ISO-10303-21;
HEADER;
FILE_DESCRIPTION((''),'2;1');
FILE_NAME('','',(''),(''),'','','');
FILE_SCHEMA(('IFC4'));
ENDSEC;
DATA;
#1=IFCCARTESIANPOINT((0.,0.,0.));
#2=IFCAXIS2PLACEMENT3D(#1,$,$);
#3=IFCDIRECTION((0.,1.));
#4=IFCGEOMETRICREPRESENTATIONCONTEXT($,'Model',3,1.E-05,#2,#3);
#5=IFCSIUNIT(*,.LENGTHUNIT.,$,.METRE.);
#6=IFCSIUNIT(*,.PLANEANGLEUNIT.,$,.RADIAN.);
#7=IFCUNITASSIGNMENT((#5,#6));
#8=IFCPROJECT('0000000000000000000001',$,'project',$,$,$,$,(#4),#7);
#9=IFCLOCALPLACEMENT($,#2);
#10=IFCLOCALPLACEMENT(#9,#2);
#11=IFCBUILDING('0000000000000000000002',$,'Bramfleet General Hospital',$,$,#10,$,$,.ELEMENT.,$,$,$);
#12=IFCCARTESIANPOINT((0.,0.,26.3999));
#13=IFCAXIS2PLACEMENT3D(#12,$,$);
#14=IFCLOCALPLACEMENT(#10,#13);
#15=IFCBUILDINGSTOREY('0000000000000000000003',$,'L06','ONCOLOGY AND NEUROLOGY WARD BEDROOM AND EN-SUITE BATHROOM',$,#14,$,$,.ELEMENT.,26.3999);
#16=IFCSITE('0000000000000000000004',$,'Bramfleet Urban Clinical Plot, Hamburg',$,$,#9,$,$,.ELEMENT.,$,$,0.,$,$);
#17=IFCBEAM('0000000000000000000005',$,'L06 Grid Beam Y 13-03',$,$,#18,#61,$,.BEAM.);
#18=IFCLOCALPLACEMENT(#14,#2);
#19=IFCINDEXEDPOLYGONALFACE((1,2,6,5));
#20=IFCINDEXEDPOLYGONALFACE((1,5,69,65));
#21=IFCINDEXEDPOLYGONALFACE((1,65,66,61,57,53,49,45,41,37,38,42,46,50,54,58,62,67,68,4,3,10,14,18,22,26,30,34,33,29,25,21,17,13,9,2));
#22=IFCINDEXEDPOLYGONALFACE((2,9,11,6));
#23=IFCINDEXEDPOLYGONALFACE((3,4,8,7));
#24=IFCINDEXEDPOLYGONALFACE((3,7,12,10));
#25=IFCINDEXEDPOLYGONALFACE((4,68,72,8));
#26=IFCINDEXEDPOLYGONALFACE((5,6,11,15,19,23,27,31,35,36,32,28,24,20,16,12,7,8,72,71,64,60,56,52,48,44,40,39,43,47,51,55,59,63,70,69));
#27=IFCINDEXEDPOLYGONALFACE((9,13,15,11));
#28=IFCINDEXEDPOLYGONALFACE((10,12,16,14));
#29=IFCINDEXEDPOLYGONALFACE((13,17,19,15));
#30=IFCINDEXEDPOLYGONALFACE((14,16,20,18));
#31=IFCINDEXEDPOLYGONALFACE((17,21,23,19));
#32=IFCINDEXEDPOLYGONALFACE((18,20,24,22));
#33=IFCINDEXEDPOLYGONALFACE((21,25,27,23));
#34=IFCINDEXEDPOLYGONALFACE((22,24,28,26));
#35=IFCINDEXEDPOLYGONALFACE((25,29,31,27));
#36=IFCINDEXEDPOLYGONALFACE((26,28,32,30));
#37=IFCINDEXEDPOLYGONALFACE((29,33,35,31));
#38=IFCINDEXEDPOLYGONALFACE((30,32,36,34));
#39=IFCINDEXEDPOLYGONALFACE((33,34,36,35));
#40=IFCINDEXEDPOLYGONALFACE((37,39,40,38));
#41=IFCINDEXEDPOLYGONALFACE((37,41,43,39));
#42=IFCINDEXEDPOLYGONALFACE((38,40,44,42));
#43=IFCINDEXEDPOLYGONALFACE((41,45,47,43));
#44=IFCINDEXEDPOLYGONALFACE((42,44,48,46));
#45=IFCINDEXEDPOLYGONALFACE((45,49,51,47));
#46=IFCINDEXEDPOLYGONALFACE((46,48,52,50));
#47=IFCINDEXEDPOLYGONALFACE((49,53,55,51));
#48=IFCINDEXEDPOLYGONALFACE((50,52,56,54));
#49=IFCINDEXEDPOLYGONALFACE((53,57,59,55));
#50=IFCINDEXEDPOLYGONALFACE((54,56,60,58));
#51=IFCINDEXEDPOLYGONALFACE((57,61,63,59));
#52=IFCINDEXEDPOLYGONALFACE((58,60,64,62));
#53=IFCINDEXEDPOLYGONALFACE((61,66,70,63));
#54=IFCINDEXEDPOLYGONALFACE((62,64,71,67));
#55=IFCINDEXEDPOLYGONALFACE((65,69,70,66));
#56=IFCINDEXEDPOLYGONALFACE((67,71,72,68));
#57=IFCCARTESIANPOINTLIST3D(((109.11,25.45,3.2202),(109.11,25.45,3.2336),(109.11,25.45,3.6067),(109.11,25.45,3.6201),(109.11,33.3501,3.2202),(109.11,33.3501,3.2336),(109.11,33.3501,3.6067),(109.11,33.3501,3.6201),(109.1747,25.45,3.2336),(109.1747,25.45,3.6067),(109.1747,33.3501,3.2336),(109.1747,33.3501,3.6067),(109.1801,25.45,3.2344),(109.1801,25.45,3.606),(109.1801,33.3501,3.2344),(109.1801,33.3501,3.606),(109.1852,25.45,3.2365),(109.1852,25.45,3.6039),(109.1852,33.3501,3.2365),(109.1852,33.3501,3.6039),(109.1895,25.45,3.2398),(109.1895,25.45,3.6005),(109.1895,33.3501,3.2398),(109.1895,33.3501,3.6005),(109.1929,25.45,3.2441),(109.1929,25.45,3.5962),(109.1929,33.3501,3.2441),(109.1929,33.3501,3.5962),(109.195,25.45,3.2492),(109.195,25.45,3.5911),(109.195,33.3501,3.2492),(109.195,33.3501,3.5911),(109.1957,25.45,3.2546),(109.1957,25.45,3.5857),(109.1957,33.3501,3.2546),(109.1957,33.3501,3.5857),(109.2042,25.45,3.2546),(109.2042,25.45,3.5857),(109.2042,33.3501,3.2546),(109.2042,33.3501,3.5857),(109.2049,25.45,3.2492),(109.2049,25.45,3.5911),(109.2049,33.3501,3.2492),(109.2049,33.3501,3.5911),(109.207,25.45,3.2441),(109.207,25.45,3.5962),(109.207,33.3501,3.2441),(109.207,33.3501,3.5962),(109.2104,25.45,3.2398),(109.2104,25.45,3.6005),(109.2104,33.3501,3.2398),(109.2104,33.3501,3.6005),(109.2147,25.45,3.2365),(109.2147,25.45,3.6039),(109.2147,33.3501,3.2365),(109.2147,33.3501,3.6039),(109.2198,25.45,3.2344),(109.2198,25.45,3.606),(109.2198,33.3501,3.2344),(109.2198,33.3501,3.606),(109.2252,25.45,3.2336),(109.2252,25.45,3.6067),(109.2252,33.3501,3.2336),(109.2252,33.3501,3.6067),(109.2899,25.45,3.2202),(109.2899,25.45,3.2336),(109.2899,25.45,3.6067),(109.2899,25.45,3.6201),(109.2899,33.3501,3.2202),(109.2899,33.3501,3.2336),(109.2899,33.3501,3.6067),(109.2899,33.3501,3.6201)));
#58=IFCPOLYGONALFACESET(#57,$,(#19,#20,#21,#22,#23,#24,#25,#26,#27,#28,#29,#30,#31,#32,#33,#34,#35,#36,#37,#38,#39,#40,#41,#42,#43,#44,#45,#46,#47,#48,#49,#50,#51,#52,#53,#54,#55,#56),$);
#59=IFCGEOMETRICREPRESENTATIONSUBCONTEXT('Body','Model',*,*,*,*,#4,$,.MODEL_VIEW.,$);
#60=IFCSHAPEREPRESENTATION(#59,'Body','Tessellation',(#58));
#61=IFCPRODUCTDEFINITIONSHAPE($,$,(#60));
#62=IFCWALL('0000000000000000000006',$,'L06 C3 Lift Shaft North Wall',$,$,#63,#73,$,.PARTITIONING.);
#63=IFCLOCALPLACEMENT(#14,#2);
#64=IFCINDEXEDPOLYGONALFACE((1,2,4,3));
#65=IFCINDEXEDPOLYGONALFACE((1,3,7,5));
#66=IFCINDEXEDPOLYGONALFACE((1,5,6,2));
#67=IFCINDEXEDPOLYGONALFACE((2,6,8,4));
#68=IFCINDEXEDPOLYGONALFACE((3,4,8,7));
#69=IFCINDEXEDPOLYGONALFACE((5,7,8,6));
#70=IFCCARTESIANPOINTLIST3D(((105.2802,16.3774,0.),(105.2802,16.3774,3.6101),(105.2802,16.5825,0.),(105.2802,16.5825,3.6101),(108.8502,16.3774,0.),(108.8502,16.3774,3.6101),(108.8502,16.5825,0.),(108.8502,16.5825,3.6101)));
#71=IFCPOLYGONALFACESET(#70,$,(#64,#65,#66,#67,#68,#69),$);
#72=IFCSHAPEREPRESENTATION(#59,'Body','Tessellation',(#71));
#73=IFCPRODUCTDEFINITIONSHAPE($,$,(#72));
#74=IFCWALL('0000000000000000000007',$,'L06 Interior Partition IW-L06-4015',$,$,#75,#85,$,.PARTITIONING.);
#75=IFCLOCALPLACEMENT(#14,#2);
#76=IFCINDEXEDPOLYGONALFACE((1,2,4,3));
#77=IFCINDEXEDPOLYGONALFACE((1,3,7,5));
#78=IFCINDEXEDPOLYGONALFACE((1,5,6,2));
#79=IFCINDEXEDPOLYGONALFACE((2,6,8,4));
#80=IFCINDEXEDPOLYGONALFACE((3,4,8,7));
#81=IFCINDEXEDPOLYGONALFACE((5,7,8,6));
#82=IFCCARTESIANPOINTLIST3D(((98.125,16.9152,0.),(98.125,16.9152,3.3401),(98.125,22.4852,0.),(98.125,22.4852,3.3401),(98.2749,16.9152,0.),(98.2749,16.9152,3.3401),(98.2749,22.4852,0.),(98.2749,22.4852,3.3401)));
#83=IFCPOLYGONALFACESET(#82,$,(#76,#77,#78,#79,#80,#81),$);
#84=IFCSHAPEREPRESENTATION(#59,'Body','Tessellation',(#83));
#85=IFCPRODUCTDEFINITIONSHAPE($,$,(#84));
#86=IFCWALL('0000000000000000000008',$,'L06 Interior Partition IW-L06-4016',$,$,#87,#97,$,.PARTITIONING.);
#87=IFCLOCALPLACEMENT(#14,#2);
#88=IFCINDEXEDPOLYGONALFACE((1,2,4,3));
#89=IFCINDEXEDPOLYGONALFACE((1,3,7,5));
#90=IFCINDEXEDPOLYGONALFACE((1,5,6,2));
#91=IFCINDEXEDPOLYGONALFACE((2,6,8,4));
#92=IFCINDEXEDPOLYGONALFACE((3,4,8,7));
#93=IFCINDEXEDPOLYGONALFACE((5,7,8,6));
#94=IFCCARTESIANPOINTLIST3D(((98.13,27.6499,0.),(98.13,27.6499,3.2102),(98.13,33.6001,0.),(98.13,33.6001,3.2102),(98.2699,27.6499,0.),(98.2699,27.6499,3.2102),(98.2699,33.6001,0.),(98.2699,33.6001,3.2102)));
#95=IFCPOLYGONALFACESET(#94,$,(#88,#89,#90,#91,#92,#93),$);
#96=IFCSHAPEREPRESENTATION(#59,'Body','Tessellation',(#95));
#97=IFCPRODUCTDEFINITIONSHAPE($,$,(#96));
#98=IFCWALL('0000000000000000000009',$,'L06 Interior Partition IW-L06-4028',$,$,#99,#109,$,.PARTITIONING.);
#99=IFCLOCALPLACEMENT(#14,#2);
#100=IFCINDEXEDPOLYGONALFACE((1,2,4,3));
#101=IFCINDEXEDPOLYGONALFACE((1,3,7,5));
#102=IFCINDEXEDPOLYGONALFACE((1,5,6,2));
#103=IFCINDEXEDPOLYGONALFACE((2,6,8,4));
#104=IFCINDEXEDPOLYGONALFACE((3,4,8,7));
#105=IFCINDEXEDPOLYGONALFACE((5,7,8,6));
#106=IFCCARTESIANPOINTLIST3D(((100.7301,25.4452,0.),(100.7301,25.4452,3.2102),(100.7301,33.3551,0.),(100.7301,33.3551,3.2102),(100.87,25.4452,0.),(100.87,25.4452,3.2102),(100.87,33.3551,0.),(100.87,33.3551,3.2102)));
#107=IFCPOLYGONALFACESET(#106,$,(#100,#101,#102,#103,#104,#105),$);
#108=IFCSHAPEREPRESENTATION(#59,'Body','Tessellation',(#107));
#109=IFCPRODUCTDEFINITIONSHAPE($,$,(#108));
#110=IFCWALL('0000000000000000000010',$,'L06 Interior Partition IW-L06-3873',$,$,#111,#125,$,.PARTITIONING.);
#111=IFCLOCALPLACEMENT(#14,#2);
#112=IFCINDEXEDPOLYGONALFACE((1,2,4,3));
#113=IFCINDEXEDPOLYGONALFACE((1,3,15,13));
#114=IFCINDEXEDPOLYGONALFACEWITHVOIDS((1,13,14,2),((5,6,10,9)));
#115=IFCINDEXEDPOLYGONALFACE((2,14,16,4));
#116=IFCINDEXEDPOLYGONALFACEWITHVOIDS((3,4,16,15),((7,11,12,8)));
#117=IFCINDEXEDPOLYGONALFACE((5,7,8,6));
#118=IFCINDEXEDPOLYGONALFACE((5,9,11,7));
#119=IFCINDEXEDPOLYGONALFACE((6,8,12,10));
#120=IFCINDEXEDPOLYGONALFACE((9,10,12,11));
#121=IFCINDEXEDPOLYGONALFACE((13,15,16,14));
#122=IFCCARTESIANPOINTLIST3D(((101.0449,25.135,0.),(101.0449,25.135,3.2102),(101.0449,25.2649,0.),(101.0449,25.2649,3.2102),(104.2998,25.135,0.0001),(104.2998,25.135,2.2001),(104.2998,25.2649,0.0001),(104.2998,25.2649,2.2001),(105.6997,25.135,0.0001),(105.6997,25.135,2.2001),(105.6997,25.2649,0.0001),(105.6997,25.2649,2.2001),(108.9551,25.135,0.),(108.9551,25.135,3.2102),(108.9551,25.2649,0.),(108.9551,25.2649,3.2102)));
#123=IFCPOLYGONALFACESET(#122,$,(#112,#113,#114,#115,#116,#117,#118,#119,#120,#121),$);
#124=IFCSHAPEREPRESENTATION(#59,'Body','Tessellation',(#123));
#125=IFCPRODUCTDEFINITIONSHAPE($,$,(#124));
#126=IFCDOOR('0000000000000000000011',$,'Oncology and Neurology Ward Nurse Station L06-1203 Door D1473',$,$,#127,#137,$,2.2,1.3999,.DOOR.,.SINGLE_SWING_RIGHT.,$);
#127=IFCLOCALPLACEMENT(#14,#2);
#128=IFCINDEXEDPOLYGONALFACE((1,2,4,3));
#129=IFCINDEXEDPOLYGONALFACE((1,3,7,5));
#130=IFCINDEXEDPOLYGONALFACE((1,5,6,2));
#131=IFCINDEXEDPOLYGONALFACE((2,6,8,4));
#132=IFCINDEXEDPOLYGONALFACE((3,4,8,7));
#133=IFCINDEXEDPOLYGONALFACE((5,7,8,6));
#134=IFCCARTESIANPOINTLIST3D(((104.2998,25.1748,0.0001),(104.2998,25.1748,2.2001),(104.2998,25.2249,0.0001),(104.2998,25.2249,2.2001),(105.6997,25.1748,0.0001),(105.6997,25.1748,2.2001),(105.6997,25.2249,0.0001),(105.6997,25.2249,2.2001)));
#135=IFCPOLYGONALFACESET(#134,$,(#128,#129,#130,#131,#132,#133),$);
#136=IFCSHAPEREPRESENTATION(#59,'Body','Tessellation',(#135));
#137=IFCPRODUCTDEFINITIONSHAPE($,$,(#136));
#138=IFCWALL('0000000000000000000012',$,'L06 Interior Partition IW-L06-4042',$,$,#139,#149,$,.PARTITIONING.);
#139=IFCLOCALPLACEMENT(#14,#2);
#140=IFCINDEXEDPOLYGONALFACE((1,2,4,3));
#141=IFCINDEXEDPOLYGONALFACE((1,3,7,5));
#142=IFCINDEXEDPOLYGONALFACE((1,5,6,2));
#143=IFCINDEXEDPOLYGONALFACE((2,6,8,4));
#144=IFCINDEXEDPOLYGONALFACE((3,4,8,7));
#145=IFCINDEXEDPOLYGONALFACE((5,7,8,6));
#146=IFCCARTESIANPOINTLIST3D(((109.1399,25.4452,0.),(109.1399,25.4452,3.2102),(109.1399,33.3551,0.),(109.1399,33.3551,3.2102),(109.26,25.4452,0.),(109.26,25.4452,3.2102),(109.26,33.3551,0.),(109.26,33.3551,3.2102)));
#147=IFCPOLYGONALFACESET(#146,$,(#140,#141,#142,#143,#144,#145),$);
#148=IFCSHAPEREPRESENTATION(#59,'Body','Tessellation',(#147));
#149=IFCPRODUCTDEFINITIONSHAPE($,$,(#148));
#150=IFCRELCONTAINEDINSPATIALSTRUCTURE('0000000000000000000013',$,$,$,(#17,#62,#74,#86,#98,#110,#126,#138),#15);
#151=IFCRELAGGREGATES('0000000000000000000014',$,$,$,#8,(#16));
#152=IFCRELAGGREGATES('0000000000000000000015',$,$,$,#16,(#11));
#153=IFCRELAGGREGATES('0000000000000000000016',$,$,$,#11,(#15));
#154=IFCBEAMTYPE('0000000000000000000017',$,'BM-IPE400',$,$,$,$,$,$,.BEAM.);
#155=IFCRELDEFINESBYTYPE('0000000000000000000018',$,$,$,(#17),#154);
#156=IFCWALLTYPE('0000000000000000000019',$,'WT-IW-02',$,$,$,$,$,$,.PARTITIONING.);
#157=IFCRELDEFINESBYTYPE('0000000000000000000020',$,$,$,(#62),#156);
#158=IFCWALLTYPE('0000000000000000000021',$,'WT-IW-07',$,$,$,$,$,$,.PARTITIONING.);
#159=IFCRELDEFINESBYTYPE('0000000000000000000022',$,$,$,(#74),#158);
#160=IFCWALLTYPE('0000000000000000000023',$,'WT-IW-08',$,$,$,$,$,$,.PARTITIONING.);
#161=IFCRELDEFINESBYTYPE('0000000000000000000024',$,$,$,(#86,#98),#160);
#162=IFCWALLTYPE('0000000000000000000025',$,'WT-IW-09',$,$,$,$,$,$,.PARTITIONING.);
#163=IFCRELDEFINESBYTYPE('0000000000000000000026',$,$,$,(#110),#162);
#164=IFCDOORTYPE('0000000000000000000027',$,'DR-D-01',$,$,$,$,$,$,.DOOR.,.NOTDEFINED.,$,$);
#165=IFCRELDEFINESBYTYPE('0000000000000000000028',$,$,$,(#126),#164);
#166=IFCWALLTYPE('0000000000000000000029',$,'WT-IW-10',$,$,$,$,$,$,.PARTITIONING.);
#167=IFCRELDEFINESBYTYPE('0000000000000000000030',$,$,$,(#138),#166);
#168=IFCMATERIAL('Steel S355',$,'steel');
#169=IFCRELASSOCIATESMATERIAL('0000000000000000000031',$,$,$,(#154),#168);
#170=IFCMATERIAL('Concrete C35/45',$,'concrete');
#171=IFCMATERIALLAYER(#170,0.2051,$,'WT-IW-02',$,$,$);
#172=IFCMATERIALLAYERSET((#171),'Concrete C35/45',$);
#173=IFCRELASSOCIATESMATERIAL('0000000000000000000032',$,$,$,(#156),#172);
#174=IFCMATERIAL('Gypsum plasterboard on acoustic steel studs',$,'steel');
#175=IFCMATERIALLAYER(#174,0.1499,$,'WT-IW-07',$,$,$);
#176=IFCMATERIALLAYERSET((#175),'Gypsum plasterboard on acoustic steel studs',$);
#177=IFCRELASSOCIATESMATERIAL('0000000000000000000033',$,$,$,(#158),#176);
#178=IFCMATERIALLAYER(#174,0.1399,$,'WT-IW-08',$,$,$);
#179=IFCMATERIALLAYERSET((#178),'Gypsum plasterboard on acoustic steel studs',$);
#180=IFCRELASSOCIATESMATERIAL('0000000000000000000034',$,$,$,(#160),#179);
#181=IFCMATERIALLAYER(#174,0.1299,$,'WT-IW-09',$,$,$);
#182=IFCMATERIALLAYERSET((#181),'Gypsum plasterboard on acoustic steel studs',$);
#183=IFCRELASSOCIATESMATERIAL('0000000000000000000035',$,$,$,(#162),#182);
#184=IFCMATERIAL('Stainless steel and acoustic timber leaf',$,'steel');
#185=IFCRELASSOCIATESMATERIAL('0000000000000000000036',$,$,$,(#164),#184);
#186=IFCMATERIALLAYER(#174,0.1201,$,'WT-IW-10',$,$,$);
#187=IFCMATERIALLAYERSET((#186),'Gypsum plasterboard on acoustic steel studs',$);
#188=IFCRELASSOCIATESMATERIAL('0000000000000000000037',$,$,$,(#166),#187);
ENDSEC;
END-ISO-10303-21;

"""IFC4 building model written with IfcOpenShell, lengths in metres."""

from ifc_helpers import new_model, si_unit, direction, frame, frame_2d, origin, origin_2d, place, context, subcontext, project, spatial, rectangle, i_section, extrude, material, layer, layer_set, material_profile, profile_set, type_object, element, fill, save


model = new_model("IFC4")

# Units and contexts
model_context = context("Model", 3, precision=1e-05, world=origin(), true_north=direction((0.0, 1.0)))
body_context = subcontext(model_context, "Body", "Model", "MODEL_VIEW")
ifc_project = project(units=[si_unit("LENGTHUNIT", "METRE"), si_unit("PLANEANGLEUNIT", "RADIAN")], contexts=[model_context])

# Site, building, storey
site_placement = place(None, origin())
site = spatial("IfcSite", under=ifc_project, at=site_placement, Name="Bramfleet Urban Clinical Plot, Hamburg", CompositionType="ELEMENT", RefElevation=0.0)
building_placement = place(site_placement, origin())
building = spatial("IfcBuilding", under=site, at=building_placement, Name="Bramfleet General Hospital", CompositionType="ELEMENT")
storey_placement = place(building_placement, frame((0.0, 0.0, 26.3999)))
storey = spatial("IfcBuildingStorey", under=building, at=storey_placement, Name="L06", Description="ONCOLOGY AND NEUROLOGY WARD BEDROOM AND EN-SUITE BATHROOM", CompositionType="ELEMENT", Elevation=26.3999)

# Beam
ifc_material_1 = material(Name="Steel S355", Category="steel")
ifc_material_profile_1 = material_profile(ifc_material_1, i_section(OverallWidth=0.1799, OverallDepth=0.3999, WebThickness=0.0085, FlangeThickness=0.0134, FilletRadius=0.021, at=origin_2d()), Name="IPE 400")
ifc_profile_set_1 = profile_set([ifc_material_profile_1], Name="Steel S355")
beam_type_1 = type_object("IfcBeamType", Name="BM-IPE400", PredefinedType="BEAM", material=ifc_profile_set_1)
beam_1_placement = place(storey_placement, frame((109.2, 25.45, 3.4202), z_axis=(0.0, 1.0, 0.0), x_axis=(-1.0, 0.0, 0.0)))
element("IfcBeam", 1, at=beam_1_placement, inside=storey, type_object=beam_type_1, Name="L06 Grid Beam Y 13-03", PredefinedType="BEAM", context=body_context, shape_type="SweptSolid", body=[
    extrude(i_section(OverallWidth=0.1799, OverallDepth=0.3999, WebThickness=0.0085, FlangeThickness=0.0134, FilletRadius=0.021, at=origin_2d()), origin(), (0.0, 0.0, 1.0), 7.9001),
])

# Walls
ifc_material_2 = material(Name="Concrete C35/45", Category="concrete")
ifc_layer_1 = layer(ifc_material_2, 0.2051, Name="WT-IW-02")
ifc_layer_set_1 = layer_set([ifc_layer_1], Name="Concrete C35/45")
wall_type_1 = type_object("IfcWallType", Name="WT-IW-02", PredefinedType="PARTITIONING", material=ifc_layer_set_1)
wall_1_placement = place(storey_placement, frame((105.28, 16.48, 0.0), z_axis=(0.0, 0.0, 1.0), x_axis=(1.0, 0.0, 0.0)))
element("IfcWall", 2, at=wall_1_placement, inside=storey, type_object=wall_type_1, Name="L06 C3 Lift Shaft North Wall", PredefinedType="PARTITIONING", context=body_context, shape_type="SweptSolid", body=[
    extrude(rectangle(XDim=3.5701, YDim=0.2051, at=frame_2d((1.7852, 0.0))), origin(), (0.0, 0.0, 1.0), 3.6101),
])
ifc_material_3 = material(Name="Gypsum plasterboard on acoustic steel studs", Category="steel")
ifc_layer_2 = layer(ifc_material_3, 0.1499, Name="WT-IW-07")
ifc_layer_set_2 = layer_set([ifc_layer_2], Name="Gypsum plasterboard on acoustic steel studs")
wall_type_2 = type_object("IfcWallType", Name="WT-IW-07", PredefinedType="PARTITIONING", material=ifc_layer_set_2)
wall_2_placement = place(storey_placement, frame((98.2, 16.915, 0.0), z_axis=(0.0, 0.0, 1.0), x_axis=(0.0, 1.0, 0.0)))
element("IfcWall", 3, at=wall_2_placement, inside=storey, type_object=wall_type_2, Name="L06 Interior Partition IW-L06-4015", PredefinedType="PARTITIONING", context=body_context, shape_type="SweptSolid", body=[
    extrude(rectangle(XDim=5.5701, YDim=0.1499, at=frame_2d((2.7852, 0.0))), origin(), (0.0, 0.0, 1.0), 3.3401),
])
ifc_layer_3 = layer(ifc_material_3, 0.1399, Name="WT-IW-08")
ifc_layer_set_3 = layer_set([ifc_layer_3], Name="Gypsum plasterboard on acoustic steel studs")
wall_type_3 = type_object("IfcWallType", Name="WT-IW-08", PredefinedType="PARTITIONING", material=ifc_layer_set_3)
wall_3_placement = place(storey_placement, frame((98.2, 27.6499, 0.0), z_axis=(0.0, 0.0, 1.0), x_axis=(0.0, 1.0, 0.0)))
element("IfcWall", 4, at=wall_3_placement, inside=storey, type_object=wall_type_3, Name="L06 Interior Partition IW-L06-4016", PredefinedType="PARTITIONING", context=body_context, shape_type="SweptSolid", body=[
    extrude(rectangle(XDim=5.9502, YDim=0.1399, at=frame_2d((2.9751, 0.0))), origin(), (0.0, 0.0, 1.0), 3.2102),
])
wall_4_placement = place(storey_placement, frame((100.8, 25.4451, 0.0), z_axis=(0.0, 0.0, 1.0), x_axis=(0.0, 1.0, 0.0)))
element("IfcWall", 5, at=wall_4_placement, inside=storey, type_object=wall_type_3, Name="L06 Interior Partition IW-L06-4028", PredefinedType="PARTITIONING", context=body_context, shape_type="SweptSolid", body=[
    extrude(rectangle(XDim=7.9099, YDim=0.1399, at=frame_2d((3.9551, 0.0))), origin(), (0.0, 0.0, 1.0), 3.2102),
])

# Wall, opening, door
ifc_layer_4 = layer(ifc_material_3, 0.1299, Name="WT-IW-09")
ifc_layer_set_4 = layer_set([ifc_layer_4], Name="Gypsum plasterboard on acoustic steel studs")
wall_type_4 = type_object("IfcWallType", Name="WT-IW-09", PredefinedType="PARTITIONING", material=ifc_layer_set_4)
wall_5_placement = place(storey_placement, frame((101.0449, 25.2, 0.0), z_axis=(0.0, 0.0, 1.0), x_axis=(1.0, 0.0, 0.0)))
wall_5 = element("IfcWall", 6, at=wall_5_placement, inside=storey, type_object=wall_type_4, Name="L06 Interior Partition IW-L06-3873", PredefinedType="PARTITIONING", context=body_context, shape_type="SweptSolid", body=[
    extrude(rectangle(XDim=7.9102, YDim=0.1299, at=frame_2d((3.9551, 0.0))), origin(), (0.0, 0.0, 1.0), 3.2102),
])
opening_placement = place(wall_5_placement, frame((3.2549, 0.0, 0.0)))
opening = element("IfcOpeningElement", 7, at=opening_placement, cuts=wall_5, PredefinedType="OPENING", context=body_context, shape_type="SweptSolid", body=[
    extrude(rectangle(XDim=1.3999, YDim=2.2, at=frame_2d((0.7, 1.1001))), frame((0.0, 0.075, 0.0), z_axis=(0.0, -1.0, 0.0), x_axis=(1.0, 0.0, 0.0)), (0.0, 0.0, 1.0), 0.1499),
])
ifc_material_4 = material(Name="Stainless steel and acoustic timber leaf", Category="steel")
door_type = type_object("IfcDoorType", Name="DR-D-01", OperationType="NOTDEFINED", PredefinedType="DOOR", material=ifc_material_4)
door_placement = place(opening_placement, origin())
door = element("IfcDoor", 8, at=door_placement, inside=storey, type_object=door_type, Name="Oncology and Neurology Ward Nurse Station L06-1203 Door D1473", OperationType="SINGLE_SWING_RIGHT", OverallHeight=2.2, OverallWidth=1.3999, PredefinedType="DOOR", context=body_context, shape_type="SweptSolid", body=[
    extrude(rectangle(XDim=1.3999, YDim=2.2, at=frame_2d((0.7, 1.1001))), frame((0.0, 0.0249, 0.0), z_axis=(0.0, -1.0, 0.0), x_axis=(1.0, 0.0, 0.0)), (0.0, 0.0, 1.0), 0.05),
])
fill(opening, door)

# Wall
ifc_layer_5 = layer(ifc_material_3, 0.1201, Name="WT-IW-10")
ifc_layer_set_5 = layer_set([ifc_layer_5], Name="Gypsum plasterboard on acoustic steel studs")
wall_type_5 = type_object("IfcWallType", Name="WT-IW-10", PredefinedType="PARTITIONING", material=ifc_layer_set_5)
wall_6_placement = place(storey_placement, frame((109.2, 25.4451, 0.0), z_axis=(0.0, 0.0, 1.0), x_axis=(0.0, 1.0, 0.0)))
element("IfcWall", 9, at=wall_6_placement, inside=storey, type_object=wall_type_5, Name="L06 Interior Partition IW-L06-4042", PredefinedType="PARTITIONING", context=body_context, shape_type="SweptSolid", body=[
    extrude(rectangle(XDim=7.9099, YDim=0.1201, at=frame_2d((3.9551, 0.0))), origin(), (0.0, 0.0, 1.0), 3.2102),
])

save(model, "model.ifc")
